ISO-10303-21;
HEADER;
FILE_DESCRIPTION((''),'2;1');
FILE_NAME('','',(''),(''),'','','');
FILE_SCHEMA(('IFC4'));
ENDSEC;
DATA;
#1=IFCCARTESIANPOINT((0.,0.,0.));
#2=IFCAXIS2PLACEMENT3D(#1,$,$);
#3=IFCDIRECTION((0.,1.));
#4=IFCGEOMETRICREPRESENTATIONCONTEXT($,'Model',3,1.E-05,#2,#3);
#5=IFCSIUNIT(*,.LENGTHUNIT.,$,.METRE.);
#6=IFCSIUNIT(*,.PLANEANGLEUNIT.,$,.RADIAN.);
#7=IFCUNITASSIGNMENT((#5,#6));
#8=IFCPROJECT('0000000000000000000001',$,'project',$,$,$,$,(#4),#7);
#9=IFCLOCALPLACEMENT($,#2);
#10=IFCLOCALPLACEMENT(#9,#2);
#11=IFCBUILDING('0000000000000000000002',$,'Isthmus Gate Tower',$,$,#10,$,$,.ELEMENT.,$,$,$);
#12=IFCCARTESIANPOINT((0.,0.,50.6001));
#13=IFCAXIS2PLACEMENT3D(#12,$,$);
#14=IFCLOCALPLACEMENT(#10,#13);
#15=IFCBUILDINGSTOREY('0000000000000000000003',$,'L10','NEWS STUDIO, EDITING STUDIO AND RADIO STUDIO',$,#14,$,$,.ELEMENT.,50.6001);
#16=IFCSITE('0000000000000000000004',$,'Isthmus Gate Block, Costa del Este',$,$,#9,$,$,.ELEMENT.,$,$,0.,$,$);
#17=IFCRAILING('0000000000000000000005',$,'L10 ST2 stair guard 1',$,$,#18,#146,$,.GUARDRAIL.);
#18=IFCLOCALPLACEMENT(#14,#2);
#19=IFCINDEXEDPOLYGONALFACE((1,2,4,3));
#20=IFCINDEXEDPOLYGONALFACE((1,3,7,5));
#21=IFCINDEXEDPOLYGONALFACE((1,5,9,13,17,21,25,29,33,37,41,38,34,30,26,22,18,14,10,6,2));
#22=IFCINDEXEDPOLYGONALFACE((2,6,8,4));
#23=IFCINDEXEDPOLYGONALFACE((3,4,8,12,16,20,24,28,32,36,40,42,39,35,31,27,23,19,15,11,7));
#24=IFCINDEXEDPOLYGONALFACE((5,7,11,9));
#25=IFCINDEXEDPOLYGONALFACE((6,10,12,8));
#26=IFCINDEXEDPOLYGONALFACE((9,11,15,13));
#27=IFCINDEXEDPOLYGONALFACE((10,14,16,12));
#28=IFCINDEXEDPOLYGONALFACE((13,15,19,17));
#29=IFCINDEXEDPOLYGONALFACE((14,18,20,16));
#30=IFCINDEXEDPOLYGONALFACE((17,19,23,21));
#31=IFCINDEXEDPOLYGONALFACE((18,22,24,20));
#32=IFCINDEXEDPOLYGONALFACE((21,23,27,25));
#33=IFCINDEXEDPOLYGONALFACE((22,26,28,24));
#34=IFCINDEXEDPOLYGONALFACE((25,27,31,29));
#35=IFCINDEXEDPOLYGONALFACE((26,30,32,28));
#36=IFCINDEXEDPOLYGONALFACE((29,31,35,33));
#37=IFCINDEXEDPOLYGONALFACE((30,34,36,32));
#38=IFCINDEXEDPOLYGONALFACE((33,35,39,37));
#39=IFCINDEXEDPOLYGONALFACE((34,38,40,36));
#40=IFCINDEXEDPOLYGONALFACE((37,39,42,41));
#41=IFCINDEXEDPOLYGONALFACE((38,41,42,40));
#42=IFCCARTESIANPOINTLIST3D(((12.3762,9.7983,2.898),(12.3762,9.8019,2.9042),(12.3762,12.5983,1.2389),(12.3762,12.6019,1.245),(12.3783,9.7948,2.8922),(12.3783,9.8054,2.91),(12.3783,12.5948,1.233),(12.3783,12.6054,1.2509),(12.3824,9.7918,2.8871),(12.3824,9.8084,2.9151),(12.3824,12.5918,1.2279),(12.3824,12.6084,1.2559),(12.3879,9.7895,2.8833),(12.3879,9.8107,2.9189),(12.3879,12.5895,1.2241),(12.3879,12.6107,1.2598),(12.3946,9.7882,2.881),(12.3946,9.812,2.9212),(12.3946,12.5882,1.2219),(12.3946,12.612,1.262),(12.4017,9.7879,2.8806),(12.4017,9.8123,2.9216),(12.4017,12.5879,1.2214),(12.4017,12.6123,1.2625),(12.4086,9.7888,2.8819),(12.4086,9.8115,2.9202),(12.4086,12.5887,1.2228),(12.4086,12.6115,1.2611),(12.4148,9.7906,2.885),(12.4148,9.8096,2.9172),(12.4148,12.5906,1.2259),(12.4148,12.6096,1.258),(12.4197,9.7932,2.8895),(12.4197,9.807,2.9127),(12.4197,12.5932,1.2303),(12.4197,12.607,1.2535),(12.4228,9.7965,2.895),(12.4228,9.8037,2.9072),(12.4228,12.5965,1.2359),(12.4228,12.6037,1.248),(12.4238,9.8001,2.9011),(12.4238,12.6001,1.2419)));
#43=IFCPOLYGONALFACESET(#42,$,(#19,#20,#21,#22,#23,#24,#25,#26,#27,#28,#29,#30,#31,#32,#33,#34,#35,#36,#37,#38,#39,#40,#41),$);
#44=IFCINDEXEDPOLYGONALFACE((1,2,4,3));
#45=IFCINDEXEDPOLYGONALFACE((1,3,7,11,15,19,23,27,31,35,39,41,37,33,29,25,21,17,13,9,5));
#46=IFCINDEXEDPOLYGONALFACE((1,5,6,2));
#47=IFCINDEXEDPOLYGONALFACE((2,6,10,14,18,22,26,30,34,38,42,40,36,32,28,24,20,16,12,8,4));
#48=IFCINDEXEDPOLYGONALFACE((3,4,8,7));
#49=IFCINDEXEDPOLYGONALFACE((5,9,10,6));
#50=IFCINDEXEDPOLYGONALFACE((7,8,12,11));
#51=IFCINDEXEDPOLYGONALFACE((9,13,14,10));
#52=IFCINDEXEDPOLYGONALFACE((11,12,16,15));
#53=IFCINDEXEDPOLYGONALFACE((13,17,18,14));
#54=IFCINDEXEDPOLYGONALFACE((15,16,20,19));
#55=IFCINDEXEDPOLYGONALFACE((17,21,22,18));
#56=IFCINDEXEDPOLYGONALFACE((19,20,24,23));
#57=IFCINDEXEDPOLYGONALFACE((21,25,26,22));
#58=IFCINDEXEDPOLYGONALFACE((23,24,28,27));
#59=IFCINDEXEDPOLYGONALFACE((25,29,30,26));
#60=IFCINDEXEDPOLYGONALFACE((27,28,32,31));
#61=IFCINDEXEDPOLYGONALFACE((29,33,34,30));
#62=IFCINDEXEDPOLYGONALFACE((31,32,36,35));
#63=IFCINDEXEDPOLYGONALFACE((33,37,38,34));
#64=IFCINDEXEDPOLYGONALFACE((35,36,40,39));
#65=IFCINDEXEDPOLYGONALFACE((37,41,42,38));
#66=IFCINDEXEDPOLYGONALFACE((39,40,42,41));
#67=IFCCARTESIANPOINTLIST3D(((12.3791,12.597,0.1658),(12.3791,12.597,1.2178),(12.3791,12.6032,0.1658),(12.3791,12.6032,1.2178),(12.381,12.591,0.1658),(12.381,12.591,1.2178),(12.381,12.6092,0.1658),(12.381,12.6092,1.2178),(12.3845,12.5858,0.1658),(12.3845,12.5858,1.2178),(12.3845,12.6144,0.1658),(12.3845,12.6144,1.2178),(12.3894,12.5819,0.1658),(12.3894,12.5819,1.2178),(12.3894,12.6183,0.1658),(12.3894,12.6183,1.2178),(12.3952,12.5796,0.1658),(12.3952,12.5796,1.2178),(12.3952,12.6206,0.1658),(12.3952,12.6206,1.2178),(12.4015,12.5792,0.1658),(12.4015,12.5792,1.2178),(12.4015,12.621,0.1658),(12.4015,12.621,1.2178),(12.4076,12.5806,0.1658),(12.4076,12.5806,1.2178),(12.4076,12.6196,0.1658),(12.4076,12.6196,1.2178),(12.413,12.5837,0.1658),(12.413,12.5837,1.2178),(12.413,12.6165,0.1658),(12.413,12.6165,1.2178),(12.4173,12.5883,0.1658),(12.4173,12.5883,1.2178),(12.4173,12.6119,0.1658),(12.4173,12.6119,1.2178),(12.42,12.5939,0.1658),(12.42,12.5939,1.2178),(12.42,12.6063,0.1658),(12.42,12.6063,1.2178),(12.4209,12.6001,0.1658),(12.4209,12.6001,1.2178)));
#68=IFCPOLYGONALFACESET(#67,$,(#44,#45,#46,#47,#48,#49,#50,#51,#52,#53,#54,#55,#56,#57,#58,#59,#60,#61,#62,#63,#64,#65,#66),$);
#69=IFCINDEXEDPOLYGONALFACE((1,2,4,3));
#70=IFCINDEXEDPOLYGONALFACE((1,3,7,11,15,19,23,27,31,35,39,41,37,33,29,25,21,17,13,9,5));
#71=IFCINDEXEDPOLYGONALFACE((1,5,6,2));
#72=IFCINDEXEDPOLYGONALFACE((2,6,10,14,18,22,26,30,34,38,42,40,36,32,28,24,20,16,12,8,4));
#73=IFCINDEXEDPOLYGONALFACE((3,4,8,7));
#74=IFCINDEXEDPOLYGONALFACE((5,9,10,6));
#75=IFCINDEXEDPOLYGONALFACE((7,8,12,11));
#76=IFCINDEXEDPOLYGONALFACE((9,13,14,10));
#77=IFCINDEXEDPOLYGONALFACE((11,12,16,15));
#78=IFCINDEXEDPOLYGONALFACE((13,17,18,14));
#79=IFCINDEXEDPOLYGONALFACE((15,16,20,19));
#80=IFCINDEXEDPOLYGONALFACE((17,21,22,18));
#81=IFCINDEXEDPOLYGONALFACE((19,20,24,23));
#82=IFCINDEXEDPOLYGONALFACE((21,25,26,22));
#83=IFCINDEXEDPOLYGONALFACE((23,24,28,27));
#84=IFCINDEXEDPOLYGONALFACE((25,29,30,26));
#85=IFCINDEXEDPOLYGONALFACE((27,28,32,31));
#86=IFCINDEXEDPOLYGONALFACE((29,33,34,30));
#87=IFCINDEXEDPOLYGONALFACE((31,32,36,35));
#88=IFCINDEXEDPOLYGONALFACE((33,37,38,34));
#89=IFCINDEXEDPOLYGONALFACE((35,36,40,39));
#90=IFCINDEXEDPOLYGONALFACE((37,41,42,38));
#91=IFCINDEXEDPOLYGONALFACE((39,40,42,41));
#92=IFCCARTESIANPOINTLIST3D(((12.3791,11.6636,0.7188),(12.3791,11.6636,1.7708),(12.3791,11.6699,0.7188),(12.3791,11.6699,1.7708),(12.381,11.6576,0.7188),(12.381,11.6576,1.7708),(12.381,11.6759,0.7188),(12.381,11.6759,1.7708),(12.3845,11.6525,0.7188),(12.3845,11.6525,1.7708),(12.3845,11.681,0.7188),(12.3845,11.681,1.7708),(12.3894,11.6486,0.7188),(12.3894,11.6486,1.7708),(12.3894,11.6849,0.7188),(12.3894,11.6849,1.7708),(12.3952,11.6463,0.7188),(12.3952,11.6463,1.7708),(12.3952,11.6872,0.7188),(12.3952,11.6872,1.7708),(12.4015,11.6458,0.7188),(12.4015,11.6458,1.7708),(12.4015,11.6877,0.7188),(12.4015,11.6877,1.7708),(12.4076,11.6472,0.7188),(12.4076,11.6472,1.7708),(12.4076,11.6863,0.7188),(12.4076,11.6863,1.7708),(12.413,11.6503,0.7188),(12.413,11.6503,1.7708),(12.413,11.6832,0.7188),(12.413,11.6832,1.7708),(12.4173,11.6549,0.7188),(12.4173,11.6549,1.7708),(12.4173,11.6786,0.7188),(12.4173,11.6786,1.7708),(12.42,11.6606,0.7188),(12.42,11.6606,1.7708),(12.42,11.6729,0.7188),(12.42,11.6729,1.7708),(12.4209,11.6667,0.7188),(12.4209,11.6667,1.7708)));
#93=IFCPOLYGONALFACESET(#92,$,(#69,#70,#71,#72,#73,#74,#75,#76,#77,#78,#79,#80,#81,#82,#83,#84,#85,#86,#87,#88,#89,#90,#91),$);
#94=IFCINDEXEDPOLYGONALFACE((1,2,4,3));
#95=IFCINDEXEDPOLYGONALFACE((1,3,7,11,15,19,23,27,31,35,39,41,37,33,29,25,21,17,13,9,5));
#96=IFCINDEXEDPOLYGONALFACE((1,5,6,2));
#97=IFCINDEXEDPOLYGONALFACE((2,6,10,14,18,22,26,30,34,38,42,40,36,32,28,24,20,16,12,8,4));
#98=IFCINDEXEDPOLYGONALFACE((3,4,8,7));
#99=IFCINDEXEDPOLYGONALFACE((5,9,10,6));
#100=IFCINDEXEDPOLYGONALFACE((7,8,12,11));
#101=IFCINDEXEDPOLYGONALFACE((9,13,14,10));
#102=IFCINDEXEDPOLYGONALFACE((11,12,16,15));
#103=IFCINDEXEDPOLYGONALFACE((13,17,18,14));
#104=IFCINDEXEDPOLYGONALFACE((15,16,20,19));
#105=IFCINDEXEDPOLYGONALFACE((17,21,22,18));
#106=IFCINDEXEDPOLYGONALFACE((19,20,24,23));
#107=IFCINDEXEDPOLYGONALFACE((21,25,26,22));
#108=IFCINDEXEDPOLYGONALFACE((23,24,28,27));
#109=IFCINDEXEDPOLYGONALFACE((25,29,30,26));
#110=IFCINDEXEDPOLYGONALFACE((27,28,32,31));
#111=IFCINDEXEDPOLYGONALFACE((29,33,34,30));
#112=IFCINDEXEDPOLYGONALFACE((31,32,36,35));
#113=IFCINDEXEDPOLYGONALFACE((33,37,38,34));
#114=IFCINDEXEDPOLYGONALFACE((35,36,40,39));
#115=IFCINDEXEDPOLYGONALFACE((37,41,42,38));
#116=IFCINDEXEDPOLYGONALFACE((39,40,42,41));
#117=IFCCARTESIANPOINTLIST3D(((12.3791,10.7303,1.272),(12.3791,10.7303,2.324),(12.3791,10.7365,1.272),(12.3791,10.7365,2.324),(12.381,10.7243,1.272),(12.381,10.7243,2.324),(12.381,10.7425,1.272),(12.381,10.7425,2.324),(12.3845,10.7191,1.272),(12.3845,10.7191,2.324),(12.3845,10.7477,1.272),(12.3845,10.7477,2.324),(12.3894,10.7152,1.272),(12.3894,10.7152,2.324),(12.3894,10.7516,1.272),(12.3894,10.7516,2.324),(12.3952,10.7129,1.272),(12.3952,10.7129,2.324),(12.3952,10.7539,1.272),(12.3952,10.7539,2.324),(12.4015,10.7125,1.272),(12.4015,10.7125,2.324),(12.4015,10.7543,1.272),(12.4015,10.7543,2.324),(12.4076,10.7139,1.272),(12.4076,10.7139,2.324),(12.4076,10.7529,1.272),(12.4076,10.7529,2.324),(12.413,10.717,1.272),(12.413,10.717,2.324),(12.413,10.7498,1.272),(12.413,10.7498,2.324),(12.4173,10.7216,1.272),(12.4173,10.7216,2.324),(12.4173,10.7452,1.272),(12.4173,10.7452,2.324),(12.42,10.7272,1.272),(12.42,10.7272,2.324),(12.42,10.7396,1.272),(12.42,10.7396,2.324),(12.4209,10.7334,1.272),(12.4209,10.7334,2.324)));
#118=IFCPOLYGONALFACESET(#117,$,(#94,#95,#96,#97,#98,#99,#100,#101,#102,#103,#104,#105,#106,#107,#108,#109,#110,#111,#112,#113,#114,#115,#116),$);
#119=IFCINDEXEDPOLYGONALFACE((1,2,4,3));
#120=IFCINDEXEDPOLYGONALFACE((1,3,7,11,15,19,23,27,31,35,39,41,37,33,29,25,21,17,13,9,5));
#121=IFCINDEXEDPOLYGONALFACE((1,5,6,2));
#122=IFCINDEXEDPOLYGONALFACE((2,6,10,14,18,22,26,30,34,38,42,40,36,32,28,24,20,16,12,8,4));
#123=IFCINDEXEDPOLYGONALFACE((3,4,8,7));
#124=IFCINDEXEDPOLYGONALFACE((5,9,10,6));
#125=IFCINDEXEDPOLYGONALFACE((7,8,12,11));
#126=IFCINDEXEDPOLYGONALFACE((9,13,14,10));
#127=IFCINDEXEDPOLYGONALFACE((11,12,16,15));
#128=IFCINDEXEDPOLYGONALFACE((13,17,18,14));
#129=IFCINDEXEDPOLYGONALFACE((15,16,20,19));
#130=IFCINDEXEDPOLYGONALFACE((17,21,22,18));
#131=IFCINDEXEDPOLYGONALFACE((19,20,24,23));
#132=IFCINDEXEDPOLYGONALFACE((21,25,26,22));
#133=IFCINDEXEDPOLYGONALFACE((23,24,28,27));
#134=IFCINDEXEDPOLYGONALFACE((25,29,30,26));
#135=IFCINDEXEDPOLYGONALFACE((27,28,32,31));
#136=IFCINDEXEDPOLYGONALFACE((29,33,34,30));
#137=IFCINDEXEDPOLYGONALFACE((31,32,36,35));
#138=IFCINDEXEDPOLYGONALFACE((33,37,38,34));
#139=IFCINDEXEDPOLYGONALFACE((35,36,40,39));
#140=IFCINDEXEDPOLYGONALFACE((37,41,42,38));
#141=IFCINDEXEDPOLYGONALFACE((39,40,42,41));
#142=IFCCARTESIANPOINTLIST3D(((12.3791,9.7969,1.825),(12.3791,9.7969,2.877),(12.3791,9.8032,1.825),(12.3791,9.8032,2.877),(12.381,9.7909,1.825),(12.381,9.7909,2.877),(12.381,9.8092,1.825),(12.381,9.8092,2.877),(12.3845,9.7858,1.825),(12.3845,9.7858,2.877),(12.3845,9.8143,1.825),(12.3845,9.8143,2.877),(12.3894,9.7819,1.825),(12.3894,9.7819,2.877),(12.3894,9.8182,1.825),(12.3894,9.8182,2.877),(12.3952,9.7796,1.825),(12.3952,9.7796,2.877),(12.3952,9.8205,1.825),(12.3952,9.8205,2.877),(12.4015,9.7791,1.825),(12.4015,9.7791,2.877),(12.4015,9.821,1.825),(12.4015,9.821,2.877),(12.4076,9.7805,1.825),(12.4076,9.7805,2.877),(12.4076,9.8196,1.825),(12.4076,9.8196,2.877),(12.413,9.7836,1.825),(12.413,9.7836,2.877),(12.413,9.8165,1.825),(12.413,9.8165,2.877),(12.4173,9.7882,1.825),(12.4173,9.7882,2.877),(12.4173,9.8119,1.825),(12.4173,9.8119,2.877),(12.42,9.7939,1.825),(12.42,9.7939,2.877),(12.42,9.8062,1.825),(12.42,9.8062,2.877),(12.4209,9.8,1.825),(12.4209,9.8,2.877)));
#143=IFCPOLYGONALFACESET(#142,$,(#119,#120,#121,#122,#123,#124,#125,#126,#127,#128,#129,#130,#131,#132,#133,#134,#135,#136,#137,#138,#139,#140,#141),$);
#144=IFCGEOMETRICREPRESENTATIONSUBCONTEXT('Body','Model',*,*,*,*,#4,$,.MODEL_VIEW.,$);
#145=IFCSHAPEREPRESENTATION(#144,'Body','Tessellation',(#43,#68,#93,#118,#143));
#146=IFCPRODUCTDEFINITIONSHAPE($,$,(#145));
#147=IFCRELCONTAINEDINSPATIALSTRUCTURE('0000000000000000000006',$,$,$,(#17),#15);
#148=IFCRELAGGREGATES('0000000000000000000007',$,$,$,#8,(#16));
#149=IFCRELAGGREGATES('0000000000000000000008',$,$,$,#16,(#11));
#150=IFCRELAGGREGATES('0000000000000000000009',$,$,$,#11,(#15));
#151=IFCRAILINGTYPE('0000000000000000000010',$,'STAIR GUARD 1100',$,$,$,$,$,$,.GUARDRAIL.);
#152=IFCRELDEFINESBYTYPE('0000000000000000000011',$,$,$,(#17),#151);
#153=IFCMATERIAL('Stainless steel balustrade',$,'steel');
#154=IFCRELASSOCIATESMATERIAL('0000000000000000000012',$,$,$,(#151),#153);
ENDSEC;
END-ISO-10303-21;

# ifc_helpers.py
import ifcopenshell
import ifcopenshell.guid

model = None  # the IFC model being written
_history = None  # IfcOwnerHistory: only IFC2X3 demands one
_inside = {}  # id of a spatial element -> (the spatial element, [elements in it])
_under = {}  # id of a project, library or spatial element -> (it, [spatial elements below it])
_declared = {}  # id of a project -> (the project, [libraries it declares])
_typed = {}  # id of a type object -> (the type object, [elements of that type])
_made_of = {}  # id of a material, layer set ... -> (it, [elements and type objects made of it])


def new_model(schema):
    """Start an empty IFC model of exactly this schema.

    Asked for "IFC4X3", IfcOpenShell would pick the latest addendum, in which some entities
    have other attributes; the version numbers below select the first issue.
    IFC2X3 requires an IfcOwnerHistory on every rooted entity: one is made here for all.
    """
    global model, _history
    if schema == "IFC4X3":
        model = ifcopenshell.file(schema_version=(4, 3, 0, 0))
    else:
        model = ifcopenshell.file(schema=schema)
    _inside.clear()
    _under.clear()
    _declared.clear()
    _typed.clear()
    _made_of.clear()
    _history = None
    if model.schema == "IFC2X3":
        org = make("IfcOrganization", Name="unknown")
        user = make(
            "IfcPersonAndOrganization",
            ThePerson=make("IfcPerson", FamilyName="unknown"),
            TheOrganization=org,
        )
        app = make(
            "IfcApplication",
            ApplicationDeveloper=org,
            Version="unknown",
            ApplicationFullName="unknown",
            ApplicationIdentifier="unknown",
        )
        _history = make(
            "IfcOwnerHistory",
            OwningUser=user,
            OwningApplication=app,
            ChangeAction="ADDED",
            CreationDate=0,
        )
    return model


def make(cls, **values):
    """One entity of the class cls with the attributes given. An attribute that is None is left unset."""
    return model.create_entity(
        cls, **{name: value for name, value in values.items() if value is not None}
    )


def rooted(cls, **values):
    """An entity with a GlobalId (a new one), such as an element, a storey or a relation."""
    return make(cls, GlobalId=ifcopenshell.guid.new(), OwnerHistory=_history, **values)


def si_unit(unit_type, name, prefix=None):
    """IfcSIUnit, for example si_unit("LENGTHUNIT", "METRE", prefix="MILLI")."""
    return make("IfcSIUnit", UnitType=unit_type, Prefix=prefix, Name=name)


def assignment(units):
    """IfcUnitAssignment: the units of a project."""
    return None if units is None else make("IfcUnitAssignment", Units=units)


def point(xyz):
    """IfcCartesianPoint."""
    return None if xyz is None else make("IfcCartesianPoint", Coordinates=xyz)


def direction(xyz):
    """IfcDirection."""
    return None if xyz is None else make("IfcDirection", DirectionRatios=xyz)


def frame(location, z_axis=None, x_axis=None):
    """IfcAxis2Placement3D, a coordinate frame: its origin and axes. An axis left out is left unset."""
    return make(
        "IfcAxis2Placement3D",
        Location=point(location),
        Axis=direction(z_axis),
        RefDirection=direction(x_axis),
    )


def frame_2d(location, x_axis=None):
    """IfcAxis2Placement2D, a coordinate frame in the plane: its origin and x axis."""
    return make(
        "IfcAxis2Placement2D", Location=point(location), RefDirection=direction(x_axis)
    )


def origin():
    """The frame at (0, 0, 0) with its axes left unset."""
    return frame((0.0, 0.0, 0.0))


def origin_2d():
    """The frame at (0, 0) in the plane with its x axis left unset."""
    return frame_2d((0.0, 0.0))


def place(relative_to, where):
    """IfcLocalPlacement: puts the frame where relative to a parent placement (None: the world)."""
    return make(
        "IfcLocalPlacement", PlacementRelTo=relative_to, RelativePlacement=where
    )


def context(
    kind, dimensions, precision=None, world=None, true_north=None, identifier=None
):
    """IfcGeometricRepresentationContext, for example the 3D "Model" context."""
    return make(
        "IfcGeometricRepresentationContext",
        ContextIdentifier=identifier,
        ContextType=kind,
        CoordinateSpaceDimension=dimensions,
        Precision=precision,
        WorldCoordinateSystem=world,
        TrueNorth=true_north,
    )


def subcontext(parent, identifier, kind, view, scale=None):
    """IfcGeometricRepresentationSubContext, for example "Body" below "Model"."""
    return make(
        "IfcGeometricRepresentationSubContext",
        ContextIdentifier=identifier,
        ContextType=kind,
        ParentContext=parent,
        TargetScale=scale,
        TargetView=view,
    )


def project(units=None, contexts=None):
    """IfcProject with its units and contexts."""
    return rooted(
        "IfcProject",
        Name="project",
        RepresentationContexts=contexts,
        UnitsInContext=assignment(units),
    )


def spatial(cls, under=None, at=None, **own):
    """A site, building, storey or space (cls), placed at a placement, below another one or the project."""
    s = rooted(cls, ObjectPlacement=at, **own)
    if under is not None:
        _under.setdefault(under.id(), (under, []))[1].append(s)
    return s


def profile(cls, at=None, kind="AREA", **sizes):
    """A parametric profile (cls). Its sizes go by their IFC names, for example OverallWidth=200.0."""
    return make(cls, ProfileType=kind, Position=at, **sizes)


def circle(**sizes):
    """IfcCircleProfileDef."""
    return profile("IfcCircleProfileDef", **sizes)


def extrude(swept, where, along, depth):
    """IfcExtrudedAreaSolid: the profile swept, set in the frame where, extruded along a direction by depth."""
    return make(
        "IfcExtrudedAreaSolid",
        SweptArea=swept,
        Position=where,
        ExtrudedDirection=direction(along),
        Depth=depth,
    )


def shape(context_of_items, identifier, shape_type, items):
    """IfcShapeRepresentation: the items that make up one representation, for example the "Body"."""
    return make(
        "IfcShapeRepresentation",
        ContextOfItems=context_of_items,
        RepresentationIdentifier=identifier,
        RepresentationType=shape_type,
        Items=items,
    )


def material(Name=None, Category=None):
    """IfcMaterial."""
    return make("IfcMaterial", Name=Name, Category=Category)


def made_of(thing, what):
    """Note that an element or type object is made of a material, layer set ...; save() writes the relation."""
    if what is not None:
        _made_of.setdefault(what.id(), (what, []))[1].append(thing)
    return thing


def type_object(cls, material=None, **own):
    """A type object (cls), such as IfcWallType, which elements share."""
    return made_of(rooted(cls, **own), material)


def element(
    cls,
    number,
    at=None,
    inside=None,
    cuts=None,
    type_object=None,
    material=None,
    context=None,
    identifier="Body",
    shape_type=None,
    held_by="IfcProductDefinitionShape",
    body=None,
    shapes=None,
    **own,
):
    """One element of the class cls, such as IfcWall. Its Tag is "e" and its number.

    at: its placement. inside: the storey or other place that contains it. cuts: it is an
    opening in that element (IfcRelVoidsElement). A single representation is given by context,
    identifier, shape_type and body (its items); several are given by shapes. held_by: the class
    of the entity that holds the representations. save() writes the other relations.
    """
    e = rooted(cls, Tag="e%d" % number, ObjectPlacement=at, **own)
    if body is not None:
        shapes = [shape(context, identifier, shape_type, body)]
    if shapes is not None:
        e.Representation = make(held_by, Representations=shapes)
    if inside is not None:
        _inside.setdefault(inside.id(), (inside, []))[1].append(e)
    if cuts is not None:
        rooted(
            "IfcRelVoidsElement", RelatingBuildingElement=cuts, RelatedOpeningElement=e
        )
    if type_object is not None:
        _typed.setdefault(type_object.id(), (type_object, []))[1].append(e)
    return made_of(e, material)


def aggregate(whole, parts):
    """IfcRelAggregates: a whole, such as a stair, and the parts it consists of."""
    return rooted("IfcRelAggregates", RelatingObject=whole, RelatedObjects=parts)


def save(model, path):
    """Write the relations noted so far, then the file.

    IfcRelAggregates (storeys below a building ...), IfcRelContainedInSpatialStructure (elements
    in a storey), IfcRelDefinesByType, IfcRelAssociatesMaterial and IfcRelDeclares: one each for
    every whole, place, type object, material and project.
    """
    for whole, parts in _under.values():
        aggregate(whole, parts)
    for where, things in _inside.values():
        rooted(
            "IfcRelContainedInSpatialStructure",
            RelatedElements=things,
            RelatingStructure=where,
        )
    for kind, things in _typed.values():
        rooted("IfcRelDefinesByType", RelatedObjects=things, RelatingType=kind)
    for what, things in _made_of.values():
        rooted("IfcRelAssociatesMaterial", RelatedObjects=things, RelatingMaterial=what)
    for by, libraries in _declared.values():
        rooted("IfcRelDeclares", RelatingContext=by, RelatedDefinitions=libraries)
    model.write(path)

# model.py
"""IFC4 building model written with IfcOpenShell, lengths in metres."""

from ifc_helpers import new_model, si_unit, direction, frame, origin, origin_2d, place, context, subcontext, project, spatial, circle, extrude, material, type_object, element, save


model = new_model("IFC4")

# Units and contexts
model_context = context("Model", 3, precision=1e-05, world=origin(), true_north=direction((0.0, 1.0)))
body_context = subcontext(model_context, "Body", "Model", "MODEL_VIEW")
ifc_project = project(units=[si_unit("LENGTHUNIT", "METRE"), si_unit("PLANEANGLEUNIT", "RADIAN")], contexts=[model_context])

# Site, building, storey
site_placement = place(None, origin())
site = spatial("IfcSite", under=ifc_project, at=site_placement, Name="Isthmus Gate Block, Costa del Este", CompositionType="ELEMENT", RefElevation=0.0)
building_placement = place(site_placement, origin())
building = spatial("IfcBuilding", under=site, at=building_placement, Name="Isthmus Gate Tower", CompositionType="ELEMENT")
storey_placement = place(building_placement, frame((0.0, 0.0, 50.6001)))
storey = spatial("IfcBuildingStorey", under=building, at=storey_placement, Name="L10", Description="NEWS STUDIO, EDITING STUDIO AND RADIO STUDIO", CompositionType="ELEMENT", Elevation=50.6001)

# Railing
ifc_material_1 = material(Name="Stainless steel balustrade", Category="steel")
railing_type_1 = type_object("IfcRailingType", Name="STAIR GUARD 1100", PredefinedType="GUARDRAIL", material=ifc_material_1)
railing_1_placement = place(storey_placement, frame((12.3999, 12.6001, 0.1658)))
element("IfcRailing", 1, at=railing_1_placement, inside=storey, type_object=railing_type_1, Name="L10 ST2 stair guard 1", PredefinedType="GUARDRAIL", context=body_context, shape_type="SweptSolid", body=[
    extrude(circle(Radius=0.0239, at=origin_2d()), frame((0.0, 0.0, 1.0762), z_axis=(0.0, -0.860306, 0.509778), x_axis=(1.0, 0.0, 0.0)), (0.0, 0.0, 1.0), 3.2546),
    extrude(circle(Radius=0.021, at=origin_2d()), origin(), (0.0, 0.0, 1.0), 1.052),
    extrude(circle(Radius=0.021, at=origin_2d()), frame((0.0, -0.9333, 0.553)), (0.0, 0.0, 1.0), 1.052),
    extrude(circle(Radius=0.021, at=origin_2d()), frame((0.0, -1.8667, 1.1062)), (0.0, 0.0, 1.0), 1.052),
    extrude(circle(Radius=0.021, at=origin_2d()), frame((0.0, -2.8, 1.6592)), (0.0, 0.0, 1.0), 1.052),
])

save(model, "model.ifc")
